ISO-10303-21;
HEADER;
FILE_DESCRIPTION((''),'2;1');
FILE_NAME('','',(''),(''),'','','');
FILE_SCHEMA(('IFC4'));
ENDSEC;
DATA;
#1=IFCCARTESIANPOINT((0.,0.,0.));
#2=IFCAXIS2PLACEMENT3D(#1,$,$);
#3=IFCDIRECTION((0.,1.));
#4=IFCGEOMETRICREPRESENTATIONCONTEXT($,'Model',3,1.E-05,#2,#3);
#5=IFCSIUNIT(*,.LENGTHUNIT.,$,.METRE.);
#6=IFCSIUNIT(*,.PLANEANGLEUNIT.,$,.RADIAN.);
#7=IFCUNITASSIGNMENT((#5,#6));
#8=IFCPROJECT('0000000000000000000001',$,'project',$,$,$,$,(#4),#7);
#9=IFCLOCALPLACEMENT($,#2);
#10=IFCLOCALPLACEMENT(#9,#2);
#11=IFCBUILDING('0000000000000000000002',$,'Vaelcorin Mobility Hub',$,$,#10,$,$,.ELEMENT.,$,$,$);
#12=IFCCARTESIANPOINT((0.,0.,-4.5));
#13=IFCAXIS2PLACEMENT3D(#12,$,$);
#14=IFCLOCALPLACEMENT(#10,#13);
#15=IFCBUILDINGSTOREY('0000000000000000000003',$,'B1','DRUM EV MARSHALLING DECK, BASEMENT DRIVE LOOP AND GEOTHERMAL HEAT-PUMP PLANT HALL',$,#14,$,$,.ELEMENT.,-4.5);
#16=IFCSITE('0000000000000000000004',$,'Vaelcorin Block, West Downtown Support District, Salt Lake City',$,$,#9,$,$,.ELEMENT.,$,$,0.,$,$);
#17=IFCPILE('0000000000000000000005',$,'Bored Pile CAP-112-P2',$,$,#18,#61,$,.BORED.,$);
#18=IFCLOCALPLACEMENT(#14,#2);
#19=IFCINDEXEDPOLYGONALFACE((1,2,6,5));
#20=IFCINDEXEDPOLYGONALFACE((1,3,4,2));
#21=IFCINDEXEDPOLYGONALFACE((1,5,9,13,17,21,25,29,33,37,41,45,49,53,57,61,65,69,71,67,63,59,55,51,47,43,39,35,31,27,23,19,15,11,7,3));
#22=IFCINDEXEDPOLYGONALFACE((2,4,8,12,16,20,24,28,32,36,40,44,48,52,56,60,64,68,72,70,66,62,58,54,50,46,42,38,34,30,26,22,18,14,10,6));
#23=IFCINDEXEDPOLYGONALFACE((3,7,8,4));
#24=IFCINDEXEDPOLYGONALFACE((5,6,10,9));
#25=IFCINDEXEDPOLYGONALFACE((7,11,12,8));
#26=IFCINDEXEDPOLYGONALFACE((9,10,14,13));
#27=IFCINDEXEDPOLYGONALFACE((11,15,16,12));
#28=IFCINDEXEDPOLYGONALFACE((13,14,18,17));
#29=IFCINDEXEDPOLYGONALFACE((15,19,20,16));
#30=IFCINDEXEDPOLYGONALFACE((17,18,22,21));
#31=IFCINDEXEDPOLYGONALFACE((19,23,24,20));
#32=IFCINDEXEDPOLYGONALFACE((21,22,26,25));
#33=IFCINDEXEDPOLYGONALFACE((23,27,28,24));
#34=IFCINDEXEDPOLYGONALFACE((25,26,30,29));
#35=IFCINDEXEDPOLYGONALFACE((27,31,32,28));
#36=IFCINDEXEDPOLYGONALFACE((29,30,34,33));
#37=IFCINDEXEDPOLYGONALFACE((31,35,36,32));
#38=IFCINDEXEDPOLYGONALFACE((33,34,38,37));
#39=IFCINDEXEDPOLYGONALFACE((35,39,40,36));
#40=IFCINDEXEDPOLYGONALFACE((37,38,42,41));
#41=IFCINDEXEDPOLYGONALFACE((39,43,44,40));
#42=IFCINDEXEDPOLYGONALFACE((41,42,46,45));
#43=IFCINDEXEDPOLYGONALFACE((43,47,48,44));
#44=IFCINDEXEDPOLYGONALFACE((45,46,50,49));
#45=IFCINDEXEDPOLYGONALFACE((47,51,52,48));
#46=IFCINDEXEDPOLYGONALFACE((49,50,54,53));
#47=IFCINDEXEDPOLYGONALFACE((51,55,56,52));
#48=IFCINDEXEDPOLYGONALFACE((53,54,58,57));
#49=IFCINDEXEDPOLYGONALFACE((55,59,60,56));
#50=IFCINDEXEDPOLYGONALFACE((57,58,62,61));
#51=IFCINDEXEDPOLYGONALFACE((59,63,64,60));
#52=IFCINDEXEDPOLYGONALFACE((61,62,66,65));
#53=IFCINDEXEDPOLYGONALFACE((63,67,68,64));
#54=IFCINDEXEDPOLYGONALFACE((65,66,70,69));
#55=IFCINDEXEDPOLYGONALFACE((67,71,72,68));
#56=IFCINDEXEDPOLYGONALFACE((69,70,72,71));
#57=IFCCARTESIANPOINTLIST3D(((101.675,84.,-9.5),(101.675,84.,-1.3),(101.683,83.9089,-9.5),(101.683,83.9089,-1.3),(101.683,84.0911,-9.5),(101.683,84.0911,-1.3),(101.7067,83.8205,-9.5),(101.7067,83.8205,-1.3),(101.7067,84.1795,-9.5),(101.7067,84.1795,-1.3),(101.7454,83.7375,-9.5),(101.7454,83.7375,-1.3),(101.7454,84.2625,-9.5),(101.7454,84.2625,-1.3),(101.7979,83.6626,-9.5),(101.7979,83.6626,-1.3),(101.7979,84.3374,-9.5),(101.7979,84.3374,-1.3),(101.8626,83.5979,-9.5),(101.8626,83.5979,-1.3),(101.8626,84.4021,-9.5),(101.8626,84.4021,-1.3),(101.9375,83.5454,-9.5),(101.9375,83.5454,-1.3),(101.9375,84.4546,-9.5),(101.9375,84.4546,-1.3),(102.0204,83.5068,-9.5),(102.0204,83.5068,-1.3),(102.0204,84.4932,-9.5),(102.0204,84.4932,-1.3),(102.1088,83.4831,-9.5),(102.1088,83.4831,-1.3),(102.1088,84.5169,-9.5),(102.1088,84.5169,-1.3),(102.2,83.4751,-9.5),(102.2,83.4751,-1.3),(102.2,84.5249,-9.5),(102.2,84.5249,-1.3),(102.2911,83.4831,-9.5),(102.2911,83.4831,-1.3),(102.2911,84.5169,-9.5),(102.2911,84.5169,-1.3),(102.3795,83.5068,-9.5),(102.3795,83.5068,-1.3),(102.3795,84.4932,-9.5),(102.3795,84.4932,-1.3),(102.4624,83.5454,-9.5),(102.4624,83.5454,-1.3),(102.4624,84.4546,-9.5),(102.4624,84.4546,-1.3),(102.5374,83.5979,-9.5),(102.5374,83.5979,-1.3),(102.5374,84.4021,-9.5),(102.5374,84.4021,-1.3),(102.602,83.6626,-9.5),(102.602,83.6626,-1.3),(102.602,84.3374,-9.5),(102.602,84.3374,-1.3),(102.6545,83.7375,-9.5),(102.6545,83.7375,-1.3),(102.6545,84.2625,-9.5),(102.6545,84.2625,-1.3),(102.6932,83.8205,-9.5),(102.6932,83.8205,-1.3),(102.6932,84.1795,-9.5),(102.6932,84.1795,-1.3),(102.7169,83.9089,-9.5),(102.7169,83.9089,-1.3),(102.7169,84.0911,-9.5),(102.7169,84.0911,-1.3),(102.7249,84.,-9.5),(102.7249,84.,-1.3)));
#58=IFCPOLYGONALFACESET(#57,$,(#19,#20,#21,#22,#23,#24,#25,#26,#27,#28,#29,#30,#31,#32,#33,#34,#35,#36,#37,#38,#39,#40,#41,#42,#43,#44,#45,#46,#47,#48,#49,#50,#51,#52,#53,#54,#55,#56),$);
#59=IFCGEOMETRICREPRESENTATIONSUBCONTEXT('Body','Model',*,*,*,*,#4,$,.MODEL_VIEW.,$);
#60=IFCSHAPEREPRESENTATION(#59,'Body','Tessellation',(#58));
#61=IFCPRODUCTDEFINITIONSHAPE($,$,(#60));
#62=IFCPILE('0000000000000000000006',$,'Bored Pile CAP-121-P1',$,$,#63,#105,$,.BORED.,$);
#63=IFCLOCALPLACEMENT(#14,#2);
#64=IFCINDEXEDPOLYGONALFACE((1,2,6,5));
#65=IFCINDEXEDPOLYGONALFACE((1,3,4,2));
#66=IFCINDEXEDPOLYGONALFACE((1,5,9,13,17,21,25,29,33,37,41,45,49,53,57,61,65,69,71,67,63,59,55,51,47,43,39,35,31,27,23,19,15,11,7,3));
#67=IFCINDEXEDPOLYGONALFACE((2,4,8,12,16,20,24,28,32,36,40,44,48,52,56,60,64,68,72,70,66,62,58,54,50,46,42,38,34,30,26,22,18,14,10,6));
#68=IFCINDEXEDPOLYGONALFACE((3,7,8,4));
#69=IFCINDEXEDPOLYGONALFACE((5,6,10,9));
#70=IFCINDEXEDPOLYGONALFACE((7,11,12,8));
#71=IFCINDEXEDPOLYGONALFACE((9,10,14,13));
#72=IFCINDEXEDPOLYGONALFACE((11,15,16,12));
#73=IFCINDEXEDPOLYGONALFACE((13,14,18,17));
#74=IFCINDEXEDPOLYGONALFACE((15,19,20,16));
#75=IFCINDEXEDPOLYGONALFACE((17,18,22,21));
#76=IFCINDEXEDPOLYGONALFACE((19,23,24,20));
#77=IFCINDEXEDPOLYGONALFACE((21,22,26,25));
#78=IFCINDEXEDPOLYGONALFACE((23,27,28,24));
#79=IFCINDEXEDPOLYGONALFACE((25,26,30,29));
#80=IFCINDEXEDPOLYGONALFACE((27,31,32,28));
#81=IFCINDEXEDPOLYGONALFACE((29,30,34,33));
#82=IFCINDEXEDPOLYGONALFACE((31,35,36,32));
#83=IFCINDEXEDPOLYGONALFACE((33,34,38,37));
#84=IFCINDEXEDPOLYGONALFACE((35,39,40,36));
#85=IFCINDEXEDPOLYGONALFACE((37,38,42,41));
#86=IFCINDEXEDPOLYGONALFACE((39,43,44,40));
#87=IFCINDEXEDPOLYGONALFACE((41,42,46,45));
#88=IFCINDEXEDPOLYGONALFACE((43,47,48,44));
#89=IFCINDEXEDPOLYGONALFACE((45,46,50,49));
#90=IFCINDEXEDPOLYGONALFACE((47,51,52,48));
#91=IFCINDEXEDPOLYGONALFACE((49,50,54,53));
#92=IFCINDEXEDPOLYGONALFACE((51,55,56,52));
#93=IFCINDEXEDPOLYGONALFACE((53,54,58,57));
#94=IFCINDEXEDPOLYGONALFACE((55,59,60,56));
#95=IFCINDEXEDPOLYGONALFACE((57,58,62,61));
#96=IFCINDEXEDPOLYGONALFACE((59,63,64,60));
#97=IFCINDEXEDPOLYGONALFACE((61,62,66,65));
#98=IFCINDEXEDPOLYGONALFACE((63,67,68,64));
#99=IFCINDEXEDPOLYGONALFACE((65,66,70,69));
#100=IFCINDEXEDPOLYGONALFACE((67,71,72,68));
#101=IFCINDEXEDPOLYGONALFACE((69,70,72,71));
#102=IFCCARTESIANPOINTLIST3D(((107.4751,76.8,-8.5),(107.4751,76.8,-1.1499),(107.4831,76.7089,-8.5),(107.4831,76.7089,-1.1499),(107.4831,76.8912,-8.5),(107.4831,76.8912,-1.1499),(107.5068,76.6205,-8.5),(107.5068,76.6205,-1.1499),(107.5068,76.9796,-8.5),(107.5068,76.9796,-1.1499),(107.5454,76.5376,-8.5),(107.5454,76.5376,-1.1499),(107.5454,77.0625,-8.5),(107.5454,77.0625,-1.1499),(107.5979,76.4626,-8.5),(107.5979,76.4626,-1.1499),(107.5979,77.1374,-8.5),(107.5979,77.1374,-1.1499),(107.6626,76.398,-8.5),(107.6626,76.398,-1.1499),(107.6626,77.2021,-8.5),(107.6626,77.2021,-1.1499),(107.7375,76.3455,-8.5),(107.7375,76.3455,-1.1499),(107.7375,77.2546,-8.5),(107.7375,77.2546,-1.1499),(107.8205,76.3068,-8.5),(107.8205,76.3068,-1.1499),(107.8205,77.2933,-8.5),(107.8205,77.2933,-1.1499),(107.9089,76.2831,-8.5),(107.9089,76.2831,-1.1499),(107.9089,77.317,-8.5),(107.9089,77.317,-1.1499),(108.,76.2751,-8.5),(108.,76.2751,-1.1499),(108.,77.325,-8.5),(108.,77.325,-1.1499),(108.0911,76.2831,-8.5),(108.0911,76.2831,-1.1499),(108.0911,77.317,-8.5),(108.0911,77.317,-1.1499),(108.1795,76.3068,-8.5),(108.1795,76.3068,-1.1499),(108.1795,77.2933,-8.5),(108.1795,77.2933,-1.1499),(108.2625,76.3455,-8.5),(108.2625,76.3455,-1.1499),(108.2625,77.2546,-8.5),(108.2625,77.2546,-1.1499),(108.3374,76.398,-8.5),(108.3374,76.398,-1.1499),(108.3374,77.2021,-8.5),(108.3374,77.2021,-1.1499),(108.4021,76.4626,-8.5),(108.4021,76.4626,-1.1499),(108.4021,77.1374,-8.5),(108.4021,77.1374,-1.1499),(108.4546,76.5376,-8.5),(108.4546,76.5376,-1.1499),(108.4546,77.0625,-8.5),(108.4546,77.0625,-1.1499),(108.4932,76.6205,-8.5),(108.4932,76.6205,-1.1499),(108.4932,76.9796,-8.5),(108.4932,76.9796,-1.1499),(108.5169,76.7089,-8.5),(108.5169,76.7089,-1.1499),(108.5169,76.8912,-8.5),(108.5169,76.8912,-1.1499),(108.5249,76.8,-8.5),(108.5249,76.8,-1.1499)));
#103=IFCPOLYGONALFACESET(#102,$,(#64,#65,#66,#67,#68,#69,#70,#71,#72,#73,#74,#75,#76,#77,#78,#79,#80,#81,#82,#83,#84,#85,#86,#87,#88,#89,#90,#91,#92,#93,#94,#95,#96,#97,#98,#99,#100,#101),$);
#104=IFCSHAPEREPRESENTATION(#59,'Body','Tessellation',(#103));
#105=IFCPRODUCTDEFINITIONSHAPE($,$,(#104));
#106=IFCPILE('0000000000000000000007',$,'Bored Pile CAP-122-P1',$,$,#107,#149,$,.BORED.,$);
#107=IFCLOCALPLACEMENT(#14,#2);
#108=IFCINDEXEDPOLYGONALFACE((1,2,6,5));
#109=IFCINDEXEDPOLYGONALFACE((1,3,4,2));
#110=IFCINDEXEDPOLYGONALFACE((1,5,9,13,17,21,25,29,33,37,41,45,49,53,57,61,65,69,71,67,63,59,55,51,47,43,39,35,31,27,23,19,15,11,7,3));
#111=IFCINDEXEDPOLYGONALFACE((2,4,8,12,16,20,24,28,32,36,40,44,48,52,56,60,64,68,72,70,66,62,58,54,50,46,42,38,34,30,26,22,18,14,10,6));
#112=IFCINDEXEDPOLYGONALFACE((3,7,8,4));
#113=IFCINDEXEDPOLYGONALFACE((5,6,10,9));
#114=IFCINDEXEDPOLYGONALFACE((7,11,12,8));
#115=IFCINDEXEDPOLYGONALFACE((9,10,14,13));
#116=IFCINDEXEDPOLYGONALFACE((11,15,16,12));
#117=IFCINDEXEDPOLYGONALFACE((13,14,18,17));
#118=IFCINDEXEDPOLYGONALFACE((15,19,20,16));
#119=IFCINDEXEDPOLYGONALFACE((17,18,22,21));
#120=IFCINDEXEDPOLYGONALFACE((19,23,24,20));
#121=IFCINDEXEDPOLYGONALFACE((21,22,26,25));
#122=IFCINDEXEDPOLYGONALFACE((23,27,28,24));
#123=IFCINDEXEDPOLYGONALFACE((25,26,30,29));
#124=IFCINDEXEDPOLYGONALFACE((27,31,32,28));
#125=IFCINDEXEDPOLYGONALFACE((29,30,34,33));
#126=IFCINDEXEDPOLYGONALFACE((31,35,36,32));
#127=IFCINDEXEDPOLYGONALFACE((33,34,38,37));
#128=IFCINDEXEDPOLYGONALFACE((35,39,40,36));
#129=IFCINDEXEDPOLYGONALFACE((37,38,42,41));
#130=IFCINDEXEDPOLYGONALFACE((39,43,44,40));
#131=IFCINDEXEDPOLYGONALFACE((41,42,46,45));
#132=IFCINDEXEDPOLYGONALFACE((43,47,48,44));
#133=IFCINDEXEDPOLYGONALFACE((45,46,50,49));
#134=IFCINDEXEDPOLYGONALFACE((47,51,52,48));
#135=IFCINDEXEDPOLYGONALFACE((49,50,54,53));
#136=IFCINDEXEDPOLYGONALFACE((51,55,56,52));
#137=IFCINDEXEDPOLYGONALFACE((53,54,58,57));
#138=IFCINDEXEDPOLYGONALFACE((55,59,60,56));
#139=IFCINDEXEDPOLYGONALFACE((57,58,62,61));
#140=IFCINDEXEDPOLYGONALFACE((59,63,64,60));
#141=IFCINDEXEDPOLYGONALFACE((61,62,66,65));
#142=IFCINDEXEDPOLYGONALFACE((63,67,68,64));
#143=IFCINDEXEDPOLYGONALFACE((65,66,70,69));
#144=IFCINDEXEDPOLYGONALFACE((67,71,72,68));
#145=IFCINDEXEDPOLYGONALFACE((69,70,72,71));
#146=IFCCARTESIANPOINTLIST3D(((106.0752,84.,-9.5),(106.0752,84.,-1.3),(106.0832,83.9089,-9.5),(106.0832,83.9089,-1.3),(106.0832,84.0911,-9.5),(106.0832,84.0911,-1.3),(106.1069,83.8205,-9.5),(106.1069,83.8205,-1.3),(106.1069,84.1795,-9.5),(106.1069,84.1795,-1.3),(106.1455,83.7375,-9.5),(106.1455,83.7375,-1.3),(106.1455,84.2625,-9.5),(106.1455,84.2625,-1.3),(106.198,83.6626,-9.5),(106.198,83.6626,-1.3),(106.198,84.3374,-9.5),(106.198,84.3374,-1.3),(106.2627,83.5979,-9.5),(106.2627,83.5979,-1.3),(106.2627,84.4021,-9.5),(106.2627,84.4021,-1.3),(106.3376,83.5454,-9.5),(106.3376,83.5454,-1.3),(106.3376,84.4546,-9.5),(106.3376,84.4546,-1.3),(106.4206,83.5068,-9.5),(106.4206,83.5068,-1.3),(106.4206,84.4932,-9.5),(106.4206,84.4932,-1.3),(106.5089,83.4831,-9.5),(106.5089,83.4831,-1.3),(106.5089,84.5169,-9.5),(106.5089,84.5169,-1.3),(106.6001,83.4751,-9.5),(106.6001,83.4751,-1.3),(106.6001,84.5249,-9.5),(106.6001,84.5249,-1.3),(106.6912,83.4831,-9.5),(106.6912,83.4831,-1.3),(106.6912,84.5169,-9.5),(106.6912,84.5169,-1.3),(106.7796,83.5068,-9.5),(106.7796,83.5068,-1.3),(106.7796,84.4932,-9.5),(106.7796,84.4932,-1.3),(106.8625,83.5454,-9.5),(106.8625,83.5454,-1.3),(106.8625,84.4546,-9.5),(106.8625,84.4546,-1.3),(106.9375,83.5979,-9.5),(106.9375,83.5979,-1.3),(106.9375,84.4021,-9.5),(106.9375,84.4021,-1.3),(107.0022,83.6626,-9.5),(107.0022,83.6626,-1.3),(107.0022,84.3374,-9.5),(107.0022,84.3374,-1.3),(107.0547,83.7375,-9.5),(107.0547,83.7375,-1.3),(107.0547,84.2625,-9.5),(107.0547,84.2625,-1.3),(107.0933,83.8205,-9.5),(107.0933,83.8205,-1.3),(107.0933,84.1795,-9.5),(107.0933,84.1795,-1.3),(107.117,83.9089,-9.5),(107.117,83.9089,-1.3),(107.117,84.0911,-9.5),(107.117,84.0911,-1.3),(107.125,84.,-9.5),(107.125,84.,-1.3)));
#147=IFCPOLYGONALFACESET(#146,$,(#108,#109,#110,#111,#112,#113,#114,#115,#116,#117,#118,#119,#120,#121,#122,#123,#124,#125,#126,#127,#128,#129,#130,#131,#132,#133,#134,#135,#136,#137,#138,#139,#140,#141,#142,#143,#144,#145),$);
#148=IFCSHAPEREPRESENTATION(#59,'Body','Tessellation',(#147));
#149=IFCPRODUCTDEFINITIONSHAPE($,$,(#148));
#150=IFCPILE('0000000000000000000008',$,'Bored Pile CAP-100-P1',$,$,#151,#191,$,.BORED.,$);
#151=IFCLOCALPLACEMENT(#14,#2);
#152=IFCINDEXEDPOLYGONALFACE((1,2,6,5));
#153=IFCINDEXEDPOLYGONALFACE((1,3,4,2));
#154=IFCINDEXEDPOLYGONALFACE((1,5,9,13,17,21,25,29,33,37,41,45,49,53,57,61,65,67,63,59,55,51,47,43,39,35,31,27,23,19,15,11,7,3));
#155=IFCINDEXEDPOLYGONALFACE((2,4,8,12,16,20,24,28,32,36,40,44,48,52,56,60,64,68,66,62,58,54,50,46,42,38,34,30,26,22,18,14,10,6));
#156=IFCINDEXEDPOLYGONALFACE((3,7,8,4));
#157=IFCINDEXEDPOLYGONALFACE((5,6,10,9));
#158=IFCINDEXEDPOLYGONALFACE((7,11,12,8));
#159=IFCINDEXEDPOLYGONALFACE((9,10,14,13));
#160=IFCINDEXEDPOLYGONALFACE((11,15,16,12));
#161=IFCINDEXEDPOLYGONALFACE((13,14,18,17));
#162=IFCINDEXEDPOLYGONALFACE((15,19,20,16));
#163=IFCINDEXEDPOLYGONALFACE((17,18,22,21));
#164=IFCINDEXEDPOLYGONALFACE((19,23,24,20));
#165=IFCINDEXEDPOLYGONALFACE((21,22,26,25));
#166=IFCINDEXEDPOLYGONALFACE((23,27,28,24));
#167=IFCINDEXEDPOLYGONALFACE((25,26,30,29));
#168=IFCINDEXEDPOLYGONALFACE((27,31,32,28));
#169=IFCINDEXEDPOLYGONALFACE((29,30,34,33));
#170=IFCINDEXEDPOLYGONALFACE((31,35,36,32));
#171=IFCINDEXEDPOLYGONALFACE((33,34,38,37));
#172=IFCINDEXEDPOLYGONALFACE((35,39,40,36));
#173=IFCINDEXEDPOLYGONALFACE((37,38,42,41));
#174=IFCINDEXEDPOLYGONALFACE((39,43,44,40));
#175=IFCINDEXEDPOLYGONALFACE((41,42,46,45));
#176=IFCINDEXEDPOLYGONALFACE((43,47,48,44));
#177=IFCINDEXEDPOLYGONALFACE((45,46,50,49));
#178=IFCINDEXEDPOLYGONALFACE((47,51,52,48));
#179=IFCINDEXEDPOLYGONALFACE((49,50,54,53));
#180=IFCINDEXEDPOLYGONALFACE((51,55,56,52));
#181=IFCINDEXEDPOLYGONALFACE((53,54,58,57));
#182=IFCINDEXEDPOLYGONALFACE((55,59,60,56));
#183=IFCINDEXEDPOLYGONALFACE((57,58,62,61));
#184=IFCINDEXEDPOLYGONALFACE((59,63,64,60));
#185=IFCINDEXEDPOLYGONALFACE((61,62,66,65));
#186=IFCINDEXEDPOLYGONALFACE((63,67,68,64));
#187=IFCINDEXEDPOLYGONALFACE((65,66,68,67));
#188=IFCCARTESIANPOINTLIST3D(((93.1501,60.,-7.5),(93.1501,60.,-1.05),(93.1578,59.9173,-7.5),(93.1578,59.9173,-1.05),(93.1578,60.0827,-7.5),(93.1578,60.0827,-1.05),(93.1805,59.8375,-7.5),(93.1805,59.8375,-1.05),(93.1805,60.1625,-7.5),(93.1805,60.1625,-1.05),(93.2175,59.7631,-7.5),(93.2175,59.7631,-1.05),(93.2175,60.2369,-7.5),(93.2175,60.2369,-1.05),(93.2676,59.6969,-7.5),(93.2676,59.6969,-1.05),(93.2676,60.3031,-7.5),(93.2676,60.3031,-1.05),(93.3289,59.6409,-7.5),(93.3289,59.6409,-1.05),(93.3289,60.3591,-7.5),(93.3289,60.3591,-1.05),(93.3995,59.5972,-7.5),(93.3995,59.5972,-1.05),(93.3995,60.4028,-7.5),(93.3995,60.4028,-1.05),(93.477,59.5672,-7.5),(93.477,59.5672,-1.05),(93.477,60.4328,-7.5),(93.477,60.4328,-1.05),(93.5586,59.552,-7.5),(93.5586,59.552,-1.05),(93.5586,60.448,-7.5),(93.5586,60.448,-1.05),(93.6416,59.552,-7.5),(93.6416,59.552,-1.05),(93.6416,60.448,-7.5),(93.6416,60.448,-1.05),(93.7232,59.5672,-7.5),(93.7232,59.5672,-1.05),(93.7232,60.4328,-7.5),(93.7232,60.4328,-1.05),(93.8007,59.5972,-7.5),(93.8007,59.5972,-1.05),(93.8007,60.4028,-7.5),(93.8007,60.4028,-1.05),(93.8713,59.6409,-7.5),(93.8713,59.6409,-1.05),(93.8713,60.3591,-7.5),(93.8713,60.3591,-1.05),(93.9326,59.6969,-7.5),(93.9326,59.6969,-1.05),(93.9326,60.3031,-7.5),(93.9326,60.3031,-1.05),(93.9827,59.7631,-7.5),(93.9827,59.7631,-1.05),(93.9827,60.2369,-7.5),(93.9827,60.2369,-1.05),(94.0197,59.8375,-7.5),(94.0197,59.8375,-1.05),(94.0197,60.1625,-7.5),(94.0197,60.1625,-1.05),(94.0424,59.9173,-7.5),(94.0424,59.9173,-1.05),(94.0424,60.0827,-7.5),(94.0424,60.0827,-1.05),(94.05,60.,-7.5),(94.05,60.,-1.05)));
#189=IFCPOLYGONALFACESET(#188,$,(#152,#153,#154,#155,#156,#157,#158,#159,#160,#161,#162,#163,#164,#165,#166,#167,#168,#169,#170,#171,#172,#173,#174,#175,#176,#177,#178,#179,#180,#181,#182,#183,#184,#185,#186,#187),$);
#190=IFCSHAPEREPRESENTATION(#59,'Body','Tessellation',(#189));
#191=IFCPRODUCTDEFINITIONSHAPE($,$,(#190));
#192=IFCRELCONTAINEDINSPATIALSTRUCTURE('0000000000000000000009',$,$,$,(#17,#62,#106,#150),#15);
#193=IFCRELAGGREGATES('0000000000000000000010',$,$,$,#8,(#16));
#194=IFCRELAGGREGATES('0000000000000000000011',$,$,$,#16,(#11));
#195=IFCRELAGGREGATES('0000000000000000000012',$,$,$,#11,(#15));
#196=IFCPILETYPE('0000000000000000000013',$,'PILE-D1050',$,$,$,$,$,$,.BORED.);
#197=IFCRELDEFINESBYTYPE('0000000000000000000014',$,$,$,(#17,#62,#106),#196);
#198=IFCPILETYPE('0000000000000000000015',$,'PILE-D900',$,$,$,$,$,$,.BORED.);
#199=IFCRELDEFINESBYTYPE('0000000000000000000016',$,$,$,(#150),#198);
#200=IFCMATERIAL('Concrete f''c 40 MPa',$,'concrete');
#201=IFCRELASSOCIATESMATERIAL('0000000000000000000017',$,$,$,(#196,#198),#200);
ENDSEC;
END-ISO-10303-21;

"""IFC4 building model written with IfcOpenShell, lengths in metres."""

from ifc_helpers import new_model, si_unit, direction, frame, origin, origin_2d, place, context, subcontext, project, spatial, circle, extrude, material, material_profile, profile_set, type_object, element, save


model = new_model("IFC4")

# Units and contexts
model_context = context("Model", 3, precision=1e-05, world=origin(), true_north=direction((0.0, 1.0)))
body_context = subcontext(model_context, "Body", "Model", "MODEL_VIEW")
ifc_project = project(units=[si_unit("LENGTHUNIT", "METRE"), si_unit("PLANEANGLEUNIT", "RADIAN")], contexts=[model_context])

# Site, building, storey
site_placement = place(None, origin())
site = spatial("IfcSite", under=ifc_project, at=site_placement, Name="Vaelcorin Block, West Downtown Support District, Salt Lake City", CompositionType="ELEMENT", RefElevation=0.0)
building_placement = place(site_placement, origin())
building = spatial("IfcBuilding", under=site, at=building_placement, Name="Vaelcorin Mobility Hub", CompositionType="ELEMENT")
storey_placement = place(building_placement, frame((0.0, 0.0, -4.5)))
storey = spatial("IfcBuildingStorey", under=building, at=storey_placement, Name="B1", Description="DRUM EV MARSHALLING DECK, BASEMENT DRIVE LOOP AND GEOTHERMAL HEAT-PUMP PLANT HALL", CompositionType="ELEMENT", Elevation=-4.5)

# Shared definitions
ifc_material_1 = material(Name="Concrete f'c 40 MPa", Category="concrete")

# Piles
ifc_material_profile_1 = material_profile(ifc_material_1, circle(Radius=0.5249, at=origin_2d()), Name="BP-D1050")
ifc_profile_set_1 = profile_set([ifc_material_profile_1], Name="Concrete f'c 40 MPa")
pile_type_1 = type_object("IfcPileType", Name="PILE-D1050", PredefinedType="BORED", material=ifc_profile_set_1)
for number, where, z_axis, x_axis, name in (
    (1, (102.2, 84.0, -1.3), (0.0, 0.0, -1.0), (1.0, 0.0, 0.0), "Bored Pile CAP-112-P2"),
):
    element("IfcPile", number, at=place(storey_placement, frame(where, z_axis=z_axis, x_axis=x_axis)), inside=storey, type_object=pile_type_1, Name=name, PredefinedType="BORED", context=body_context, shape_type="SweptSolid", body=[
        extrude(circle(Radius=0.5249, at=origin_2d()), origin(), (0.0, 0.0, 1.0), 8.2),
    ])
pile_1_placement = place(storey_placement, frame((108.0, 76.8, -1.1499), z_axis=(0.0, 0.0, -1.0), x_axis=(1.0, 0.0, 0.0)))
element("IfcPile", 2, at=pile_1_placement, inside=storey, type_object=pile_type_1, Name="Bored Pile CAP-121-P1", PredefinedType="BORED", context=body_context, shape_type="SweptSolid", body=[
    extrude(circle(Radius=0.5249, at=origin_2d()), origin(), (0.0, 0.0, 1.0), 7.3501),
])
pile_2_placement = place(storey_placement, frame((106.6001, 84.0, -1.3), z_axis=(0.0, 0.0, -1.0), x_axis=(1.0, 0.0, 0.0)))
element("IfcPile", 3, at=pile_2_placement, inside=storey, type_object=pile_type_1, Name="Bored Pile CAP-122-P1", PredefinedType="BORED", context=body_context, shape_type="SweptSolid", body=[
    extrude(circle(Radius=0.5249, at=origin_2d()), origin(), (0.0, 0.0, 1.0), 8.2),
])
ifc_material_profile_2 = material_profile(ifc_material_1, circle(Radius=0.45, at=origin_2d()), Name="BP-D900")
ifc_profile_set_2 = profile_set([ifc_material_profile_2], Name="Concrete f'c 40 MPa")
pile_type_2 = type_object("IfcPileType", Name="PILE-D900", PredefinedType="BORED", material=ifc_profile_set_2)
for number, where, z_axis, x_axis, name in (
    (4, (93.6001, 60.0, -1.05), (0.0, 0.0, -1.0), (1.0, 0.0, 0.0), "Bored Pile CAP-100-P1"),
):
    element("IfcPile", number, at=place(storey_placement, frame(where, z_axis=z_axis, x_axis=x_axis)), inside=storey, type_object=pile_type_2, Name=name, PredefinedType="BORED", context=body_context, shape_type="SweptSolid", body=[
        extrude(circle(Radius=0.45, at=origin_2d()), origin(), (0.0, 0.0, 1.0), 6.45),
    ])

save(model, "model.ifc")
